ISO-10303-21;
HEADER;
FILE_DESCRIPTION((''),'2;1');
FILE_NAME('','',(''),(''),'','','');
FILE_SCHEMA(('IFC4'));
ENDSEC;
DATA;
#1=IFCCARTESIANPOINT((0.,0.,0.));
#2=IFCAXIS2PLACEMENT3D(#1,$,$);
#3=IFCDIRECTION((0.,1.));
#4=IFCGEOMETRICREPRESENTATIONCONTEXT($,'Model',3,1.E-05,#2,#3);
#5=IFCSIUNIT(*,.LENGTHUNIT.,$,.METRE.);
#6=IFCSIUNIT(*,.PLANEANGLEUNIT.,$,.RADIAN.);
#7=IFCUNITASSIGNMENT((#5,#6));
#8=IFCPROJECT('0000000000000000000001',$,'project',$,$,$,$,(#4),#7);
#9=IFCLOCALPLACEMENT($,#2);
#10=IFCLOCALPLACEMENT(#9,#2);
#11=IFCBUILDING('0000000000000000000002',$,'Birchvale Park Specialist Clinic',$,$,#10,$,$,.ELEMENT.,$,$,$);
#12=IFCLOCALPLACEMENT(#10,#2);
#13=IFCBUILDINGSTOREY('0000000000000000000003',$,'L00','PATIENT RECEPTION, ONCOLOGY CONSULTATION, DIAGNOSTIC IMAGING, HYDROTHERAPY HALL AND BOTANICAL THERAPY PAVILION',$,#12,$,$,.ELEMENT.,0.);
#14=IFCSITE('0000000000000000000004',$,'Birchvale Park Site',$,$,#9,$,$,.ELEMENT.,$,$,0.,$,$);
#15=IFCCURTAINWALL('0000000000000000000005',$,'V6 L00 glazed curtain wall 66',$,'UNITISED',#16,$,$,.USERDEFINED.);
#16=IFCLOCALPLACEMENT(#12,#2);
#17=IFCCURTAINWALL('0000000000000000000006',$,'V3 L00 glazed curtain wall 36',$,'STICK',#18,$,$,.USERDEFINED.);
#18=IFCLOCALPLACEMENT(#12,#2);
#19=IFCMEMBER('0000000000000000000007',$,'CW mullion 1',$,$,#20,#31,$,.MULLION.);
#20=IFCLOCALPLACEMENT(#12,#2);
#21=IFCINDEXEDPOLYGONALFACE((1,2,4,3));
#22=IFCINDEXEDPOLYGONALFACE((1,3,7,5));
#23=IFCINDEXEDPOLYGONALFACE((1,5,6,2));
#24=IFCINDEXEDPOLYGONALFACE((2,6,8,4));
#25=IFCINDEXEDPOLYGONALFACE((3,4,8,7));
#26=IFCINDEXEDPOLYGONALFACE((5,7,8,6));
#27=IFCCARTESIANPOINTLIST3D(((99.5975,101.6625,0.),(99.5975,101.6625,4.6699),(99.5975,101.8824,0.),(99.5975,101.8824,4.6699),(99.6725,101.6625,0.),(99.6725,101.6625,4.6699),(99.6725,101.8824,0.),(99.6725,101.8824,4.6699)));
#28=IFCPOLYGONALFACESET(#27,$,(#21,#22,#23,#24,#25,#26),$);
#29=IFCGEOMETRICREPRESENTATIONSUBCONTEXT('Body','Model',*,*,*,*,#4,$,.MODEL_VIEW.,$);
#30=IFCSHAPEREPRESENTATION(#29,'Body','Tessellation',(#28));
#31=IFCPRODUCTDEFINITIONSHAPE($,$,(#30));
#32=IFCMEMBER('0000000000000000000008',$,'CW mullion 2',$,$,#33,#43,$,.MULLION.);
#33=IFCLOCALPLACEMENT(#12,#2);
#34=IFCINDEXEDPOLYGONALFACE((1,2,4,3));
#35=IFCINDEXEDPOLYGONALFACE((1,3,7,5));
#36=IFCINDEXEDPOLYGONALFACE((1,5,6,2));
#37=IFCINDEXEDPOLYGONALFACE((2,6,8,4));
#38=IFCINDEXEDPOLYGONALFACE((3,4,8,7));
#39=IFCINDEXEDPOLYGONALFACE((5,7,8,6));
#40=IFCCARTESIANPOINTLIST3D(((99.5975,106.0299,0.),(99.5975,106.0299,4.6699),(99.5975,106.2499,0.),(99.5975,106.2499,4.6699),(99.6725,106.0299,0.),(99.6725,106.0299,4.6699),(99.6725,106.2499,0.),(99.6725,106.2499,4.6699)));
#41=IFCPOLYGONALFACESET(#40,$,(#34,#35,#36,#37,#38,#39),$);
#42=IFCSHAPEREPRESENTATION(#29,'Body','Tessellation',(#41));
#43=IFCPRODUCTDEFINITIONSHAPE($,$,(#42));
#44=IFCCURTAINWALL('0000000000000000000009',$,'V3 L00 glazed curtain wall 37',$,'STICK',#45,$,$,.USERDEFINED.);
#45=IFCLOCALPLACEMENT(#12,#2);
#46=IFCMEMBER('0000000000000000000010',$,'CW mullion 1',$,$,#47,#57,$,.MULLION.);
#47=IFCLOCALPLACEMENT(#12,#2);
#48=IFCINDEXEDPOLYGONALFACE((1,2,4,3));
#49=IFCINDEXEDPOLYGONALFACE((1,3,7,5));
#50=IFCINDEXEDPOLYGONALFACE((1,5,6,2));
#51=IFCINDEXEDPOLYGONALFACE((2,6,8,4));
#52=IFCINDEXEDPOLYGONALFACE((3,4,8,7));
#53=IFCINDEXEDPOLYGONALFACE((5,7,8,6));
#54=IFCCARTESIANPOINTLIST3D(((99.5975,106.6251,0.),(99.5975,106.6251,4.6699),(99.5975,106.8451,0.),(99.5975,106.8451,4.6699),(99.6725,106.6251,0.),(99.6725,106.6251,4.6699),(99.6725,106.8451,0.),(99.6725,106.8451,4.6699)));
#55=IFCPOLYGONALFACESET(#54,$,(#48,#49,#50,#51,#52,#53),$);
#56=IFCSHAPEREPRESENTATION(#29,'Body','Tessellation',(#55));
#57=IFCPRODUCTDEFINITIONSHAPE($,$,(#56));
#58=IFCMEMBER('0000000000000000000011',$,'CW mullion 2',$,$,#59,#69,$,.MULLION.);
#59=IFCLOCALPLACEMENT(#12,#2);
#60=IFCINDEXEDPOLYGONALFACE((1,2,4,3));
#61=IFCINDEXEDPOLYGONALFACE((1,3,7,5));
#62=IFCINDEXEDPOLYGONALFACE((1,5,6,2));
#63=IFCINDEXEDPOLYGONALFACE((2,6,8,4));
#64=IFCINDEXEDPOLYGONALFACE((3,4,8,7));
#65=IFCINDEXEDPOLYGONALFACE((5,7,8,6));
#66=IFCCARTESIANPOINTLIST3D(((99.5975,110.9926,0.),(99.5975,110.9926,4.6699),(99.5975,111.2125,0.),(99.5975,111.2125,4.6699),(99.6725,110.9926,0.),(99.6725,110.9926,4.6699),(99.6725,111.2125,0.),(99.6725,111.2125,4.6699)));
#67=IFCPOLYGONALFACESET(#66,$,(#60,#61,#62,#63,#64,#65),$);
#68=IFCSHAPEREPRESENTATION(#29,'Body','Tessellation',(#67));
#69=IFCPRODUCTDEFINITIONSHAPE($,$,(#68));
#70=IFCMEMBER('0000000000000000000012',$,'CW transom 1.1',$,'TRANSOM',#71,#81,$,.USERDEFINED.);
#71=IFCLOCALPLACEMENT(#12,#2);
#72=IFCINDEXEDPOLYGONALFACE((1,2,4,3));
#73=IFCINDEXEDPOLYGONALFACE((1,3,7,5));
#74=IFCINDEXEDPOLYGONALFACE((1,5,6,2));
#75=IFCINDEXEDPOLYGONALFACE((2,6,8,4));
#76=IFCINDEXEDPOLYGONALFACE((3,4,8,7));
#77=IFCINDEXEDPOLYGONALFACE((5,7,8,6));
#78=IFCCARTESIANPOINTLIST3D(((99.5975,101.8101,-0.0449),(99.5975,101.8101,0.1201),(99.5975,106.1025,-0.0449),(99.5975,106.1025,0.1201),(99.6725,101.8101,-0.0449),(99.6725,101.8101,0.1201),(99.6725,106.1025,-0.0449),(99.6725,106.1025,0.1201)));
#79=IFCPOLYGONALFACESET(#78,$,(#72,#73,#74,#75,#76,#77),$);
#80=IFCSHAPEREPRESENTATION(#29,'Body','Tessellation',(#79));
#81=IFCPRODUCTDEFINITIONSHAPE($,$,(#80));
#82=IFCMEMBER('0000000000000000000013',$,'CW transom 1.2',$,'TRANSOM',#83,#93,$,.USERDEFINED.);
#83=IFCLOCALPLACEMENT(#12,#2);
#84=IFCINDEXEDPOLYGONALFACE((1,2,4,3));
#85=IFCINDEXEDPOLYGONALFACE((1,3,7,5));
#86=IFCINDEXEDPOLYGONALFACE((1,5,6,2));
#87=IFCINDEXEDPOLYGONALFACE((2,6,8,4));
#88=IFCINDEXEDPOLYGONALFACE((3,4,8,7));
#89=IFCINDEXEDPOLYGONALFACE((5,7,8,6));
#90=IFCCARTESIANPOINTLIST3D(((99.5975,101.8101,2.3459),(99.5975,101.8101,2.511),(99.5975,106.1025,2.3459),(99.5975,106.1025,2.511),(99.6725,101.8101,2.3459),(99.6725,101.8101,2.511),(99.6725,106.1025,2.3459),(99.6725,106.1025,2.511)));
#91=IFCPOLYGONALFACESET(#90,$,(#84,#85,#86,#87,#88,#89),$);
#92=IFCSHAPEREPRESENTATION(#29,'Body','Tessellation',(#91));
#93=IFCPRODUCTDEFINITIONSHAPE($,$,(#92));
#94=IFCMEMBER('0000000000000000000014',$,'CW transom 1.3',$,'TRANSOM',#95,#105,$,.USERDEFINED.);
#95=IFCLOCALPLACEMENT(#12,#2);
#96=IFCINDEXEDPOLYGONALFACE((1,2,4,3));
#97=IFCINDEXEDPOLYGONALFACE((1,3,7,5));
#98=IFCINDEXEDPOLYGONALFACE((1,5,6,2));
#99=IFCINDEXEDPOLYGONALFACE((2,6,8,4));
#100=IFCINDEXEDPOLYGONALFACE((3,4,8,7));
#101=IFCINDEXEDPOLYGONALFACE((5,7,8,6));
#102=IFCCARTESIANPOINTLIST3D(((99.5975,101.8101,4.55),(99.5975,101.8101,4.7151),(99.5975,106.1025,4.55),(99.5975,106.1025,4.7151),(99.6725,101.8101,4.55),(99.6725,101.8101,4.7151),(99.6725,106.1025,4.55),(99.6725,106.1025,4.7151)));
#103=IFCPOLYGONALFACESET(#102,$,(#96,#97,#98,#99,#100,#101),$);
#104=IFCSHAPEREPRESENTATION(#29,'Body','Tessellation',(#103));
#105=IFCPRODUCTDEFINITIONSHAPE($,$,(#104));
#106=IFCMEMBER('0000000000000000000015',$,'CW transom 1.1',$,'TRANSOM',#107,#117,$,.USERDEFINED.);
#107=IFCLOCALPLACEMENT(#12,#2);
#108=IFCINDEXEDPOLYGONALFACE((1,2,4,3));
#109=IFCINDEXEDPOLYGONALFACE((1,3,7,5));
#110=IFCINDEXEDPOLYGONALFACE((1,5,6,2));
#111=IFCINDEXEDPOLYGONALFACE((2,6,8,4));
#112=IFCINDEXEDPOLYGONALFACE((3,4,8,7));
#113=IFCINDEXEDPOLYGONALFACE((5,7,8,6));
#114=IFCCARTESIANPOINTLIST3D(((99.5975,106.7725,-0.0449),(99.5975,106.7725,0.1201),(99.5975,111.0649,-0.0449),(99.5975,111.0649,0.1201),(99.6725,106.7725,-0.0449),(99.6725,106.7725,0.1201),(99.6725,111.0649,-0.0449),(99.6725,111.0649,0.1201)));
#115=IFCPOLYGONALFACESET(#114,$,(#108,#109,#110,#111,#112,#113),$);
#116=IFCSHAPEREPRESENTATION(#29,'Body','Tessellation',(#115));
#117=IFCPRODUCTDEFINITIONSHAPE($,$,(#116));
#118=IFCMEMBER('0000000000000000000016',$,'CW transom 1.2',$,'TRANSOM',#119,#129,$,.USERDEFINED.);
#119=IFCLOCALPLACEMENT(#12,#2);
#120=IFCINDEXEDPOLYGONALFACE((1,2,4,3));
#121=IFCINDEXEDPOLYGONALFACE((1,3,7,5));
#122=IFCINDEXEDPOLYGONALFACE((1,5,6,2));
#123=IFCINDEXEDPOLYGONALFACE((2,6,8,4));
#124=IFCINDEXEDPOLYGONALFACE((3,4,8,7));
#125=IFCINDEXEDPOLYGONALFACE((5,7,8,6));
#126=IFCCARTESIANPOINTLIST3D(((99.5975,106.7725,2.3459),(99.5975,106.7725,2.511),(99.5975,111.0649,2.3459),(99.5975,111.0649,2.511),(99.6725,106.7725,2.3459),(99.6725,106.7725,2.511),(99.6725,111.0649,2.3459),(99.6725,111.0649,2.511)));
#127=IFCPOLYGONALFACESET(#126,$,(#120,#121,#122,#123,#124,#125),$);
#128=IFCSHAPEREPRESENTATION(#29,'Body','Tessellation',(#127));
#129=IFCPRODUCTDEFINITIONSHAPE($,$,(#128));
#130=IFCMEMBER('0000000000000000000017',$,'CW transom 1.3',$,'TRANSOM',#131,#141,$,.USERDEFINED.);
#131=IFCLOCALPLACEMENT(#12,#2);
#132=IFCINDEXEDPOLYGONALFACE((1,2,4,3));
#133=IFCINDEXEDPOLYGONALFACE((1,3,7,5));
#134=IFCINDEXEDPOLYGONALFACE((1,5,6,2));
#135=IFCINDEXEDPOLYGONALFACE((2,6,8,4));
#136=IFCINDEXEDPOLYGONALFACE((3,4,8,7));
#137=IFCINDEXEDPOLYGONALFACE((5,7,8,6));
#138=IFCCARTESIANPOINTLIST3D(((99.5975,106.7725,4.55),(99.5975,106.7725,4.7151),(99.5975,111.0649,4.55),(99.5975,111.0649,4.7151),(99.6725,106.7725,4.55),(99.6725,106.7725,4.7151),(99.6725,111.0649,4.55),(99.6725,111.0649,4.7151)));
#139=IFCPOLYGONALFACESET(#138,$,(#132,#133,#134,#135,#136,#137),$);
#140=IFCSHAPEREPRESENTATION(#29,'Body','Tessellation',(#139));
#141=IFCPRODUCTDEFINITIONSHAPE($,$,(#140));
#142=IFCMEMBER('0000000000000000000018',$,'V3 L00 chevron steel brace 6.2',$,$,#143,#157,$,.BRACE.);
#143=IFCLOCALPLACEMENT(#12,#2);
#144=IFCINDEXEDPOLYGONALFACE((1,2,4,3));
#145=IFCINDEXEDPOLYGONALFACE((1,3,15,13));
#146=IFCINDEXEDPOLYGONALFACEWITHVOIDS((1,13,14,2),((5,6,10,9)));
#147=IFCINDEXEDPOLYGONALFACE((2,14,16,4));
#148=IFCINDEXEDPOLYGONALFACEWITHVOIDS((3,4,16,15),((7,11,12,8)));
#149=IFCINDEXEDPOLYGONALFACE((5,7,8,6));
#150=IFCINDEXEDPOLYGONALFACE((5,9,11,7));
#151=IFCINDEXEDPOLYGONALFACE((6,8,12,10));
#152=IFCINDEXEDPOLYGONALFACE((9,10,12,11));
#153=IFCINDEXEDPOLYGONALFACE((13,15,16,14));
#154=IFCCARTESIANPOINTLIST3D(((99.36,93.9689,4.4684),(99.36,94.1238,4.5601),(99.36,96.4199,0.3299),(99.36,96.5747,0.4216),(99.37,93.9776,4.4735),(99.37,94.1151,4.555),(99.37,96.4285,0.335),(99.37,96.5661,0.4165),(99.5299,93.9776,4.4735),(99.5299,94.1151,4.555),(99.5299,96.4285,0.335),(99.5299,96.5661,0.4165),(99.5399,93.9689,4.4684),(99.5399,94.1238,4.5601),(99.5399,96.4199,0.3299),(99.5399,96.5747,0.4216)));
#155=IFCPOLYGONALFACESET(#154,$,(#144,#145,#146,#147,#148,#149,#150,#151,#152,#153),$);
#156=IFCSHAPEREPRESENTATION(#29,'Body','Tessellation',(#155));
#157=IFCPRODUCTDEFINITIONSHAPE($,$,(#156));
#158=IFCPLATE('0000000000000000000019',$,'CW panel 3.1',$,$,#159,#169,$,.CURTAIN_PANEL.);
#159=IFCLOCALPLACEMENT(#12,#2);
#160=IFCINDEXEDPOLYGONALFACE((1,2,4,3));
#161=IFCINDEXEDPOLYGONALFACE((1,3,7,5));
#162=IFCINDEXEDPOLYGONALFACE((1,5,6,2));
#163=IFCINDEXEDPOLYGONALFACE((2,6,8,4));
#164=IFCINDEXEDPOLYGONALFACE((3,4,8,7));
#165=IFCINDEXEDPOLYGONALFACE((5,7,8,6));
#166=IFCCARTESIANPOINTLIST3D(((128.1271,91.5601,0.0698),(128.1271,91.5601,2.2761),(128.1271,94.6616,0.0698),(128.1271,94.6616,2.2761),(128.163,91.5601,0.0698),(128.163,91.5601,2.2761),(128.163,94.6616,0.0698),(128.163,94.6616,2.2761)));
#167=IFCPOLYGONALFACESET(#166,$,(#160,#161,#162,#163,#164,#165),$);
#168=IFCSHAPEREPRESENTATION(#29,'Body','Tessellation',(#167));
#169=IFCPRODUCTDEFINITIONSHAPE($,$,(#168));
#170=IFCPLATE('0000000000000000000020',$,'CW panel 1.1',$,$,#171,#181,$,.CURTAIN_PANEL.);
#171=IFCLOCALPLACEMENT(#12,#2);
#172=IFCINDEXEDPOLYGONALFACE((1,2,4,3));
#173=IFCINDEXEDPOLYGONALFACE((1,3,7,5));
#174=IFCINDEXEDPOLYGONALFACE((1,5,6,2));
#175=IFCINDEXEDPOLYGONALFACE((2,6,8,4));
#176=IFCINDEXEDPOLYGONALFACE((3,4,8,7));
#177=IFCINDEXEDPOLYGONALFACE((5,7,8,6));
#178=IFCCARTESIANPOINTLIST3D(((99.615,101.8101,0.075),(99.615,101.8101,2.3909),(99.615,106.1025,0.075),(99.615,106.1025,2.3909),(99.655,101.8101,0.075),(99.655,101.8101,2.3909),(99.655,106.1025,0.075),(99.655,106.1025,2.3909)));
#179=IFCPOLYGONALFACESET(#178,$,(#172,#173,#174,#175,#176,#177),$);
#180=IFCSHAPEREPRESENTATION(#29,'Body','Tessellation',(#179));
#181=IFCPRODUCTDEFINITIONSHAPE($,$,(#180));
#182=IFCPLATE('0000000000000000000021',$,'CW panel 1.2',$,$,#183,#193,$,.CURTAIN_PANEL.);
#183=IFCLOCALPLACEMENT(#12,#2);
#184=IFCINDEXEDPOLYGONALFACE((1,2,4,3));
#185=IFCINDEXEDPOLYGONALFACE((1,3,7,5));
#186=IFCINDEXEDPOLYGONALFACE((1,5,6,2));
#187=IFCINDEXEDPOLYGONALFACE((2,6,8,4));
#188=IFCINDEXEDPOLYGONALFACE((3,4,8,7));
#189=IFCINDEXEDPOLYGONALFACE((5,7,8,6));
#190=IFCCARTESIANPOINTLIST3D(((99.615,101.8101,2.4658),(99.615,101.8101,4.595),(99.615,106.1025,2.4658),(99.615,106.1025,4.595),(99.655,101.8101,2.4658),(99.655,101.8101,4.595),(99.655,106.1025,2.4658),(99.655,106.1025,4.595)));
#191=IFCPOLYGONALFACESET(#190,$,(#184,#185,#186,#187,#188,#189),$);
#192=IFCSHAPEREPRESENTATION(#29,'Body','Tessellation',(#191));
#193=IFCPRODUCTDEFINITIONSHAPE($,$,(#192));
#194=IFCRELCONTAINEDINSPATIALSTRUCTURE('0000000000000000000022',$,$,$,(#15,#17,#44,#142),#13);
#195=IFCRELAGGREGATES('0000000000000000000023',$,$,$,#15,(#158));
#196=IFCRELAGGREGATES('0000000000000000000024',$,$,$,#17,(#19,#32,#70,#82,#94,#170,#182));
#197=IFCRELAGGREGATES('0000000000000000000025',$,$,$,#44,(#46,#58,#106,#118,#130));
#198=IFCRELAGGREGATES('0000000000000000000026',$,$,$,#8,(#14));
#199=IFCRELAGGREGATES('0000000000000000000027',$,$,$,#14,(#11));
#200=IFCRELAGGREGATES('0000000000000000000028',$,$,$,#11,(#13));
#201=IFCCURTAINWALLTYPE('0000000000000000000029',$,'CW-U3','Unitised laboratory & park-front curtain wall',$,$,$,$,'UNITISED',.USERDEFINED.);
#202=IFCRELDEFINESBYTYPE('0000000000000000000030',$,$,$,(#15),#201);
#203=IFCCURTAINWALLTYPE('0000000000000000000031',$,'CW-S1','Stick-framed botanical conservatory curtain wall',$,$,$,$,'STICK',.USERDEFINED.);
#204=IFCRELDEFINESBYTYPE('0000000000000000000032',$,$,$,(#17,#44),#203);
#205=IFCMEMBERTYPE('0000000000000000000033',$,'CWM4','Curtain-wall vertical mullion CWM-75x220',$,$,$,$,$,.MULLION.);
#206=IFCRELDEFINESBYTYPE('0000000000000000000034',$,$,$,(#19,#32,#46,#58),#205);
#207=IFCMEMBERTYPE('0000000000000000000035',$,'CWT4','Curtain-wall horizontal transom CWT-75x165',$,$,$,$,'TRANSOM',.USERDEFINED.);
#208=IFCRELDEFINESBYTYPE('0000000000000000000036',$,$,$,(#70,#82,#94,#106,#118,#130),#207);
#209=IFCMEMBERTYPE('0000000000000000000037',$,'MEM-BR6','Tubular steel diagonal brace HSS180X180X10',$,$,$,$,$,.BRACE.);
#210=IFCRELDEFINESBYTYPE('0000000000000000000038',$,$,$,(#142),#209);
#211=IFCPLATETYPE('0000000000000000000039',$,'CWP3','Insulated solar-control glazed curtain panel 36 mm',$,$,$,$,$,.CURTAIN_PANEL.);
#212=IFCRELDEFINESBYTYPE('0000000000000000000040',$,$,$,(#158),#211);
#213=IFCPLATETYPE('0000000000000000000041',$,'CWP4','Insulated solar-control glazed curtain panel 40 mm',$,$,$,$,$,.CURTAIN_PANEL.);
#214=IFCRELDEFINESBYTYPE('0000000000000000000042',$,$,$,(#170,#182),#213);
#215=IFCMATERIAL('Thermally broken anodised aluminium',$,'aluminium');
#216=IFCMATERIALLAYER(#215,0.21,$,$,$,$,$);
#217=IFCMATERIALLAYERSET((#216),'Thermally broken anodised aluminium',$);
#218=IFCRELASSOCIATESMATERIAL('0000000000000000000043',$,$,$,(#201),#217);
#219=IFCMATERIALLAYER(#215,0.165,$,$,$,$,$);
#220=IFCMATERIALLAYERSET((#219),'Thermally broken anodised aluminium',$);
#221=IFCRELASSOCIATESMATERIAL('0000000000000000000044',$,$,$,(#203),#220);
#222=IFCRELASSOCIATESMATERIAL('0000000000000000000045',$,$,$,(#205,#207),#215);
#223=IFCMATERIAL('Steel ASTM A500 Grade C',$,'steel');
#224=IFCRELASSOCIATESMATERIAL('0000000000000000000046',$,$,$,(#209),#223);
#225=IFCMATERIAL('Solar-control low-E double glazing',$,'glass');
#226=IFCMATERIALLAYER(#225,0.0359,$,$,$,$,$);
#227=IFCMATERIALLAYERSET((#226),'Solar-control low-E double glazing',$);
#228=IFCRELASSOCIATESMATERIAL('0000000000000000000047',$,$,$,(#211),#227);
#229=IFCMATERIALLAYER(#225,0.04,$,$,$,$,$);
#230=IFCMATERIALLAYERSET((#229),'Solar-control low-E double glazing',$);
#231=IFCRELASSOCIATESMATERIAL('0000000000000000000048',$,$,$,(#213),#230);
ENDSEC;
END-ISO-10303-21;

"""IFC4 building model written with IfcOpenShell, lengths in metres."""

from ifc_helpers import new_model, si_unit, direction, frame, origin, origin_2d, place, context, subcontext, project, spatial, rectangle, hollow_rectangle, extrude, material, layer, layer_set, material_profile, profile_set, type_object, element, aggregate, save


model = new_model("IFC4")

# Units and contexts
model_context = context("Model", 3, precision=1e-05, world=origin(), true_north=direction((0.0, 1.0)))
body_context = subcontext(model_context, "Body", "Model", "MODEL_VIEW")
ifc_project = project(units=[si_unit("LENGTHUNIT", "METRE"), si_unit("PLANEANGLEUNIT", "RADIAN")], contexts=[model_context])

# Site, building, storey
site_placement = place(None, origin())
site = spatial("IfcSite", under=ifc_project, at=site_placement, Name="Birchvale Park Site", CompositionType="ELEMENT", RefElevation=0.0)
building_placement = place(site_placement, origin())
building = spatial("IfcBuilding", under=site, at=building_placement, Name="Birchvale Park Specialist Clinic", CompositionType="ELEMENT")
storey_placement = place(building_placement, origin())
storey = spatial("IfcBuildingStorey", under=building, at=storey_placement, Name="L00", Description="PATIENT RECEPTION, ONCOLOGY CONSULTATION, DIAGNOSTIC IMAGING, HYDROTHERAPY HALL AND BOTANICAL THERAPY PAVILION", CompositionType="ELEMENT", Elevation=0.0)

# Curtain wall
ifc_material_1 = material(Name="Thermally broken anodised aluminium", Category="aluminium")
ifc_layer_1 = layer(ifc_material_1, 0.21)
ifc_layer_set_1 = layer_set([ifc_layer_1], Name="Thermally broken anodised aluminium")
curtain_wall_type_1 = type_object("IfcCurtainWallType", Name="CW-U3", Description="Unitised laboratory & park-front curtain wall", ElementType="UNITISED", PredefinedType="USERDEFINED", material=ifc_layer_set_1)
curtain_wall_1_placement = place(storey_placement, origin())
curtain_wall_1 = element("IfcCurtainWall", 1, at=curtain_wall_1_placement, inside=storey, type_object=curtain_wall_type_1, Name="V6 L00 glazed curtain wall 66", ObjectType="UNITISED", PredefinedType="USERDEFINED")

# Curtain walls, members
ifc_layer_2 = layer(ifc_material_1, 0.165)
ifc_layer_set_2 = layer_set([ifc_layer_2], Name="Thermally broken anodised aluminium")
curtain_wall_type_2 = type_object("IfcCurtainWallType", Name="CW-S1", Description="Stick-framed botanical conservatory curtain wall", ElementType="STICK", PredefinedType="USERDEFINED", material=ifc_layer_set_2)
curtain_wall_2_placement = place(storey_placement, origin())
curtain_wall_2 = element("IfcCurtainWall", 2, at=curtain_wall_2_placement, inside=storey, type_object=curtain_wall_type_2, Name="V3 L00 glazed curtain wall 36", ObjectType="STICK", PredefinedType="USERDEFINED")
ifc_material_profile_1 = material_profile(ifc_material_1, rectangle(XDim=0.075, YDim=0.22, at=origin_2d()), Name="CWM-75x220")
ifc_profile_set_1 = profile_set([ifc_material_profile_1], Name="Thermally broken anodised aluminium")
member_type_1 = type_object("IfcMemberType", Name="CWM4", Description="Curtain-wall vertical mullion CWM-75x220", PredefinedType="MULLION", material=ifc_profile_set_1)
member_1_placement = place(storey_placement, frame((99.635, 101.7725, 0.0), z_axis=(0.0, 0.0, 1.0), x_axis=(-1.0, 0.0, 0.0)))
member_1 = element("IfcMember", 3, at=member_1_placement, type_object=member_type_1, Name="CW mullion 1", PredefinedType="MULLION", context=body_context, shape_type="SweptSolid", body=[
    extrude(rectangle(XDim=0.075, YDim=0.22, at=origin_2d()), origin(), (0.0, 0.0, 1.0), 4.6699),
])
member_2_placement = place(storey_placement, frame((99.635, 106.1399, 0.0), z_axis=(0.0, 0.0, 1.0), x_axis=(-1.0, 0.0, 0.0)))
member_2 = element("IfcMember", 4, at=member_2_placement, type_object=member_type_1, Name="CW mullion 2", PredefinedType="MULLION", context=body_context, shape_type="SweptSolid", body=[
    extrude(rectangle(XDim=0.075, YDim=0.22, at=origin_2d()), origin(), (0.0, 0.0, 1.0), 4.6699),
])
curtain_wall_3_placement = place(storey_placement, origin())
curtain_wall_3 = element("IfcCurtainWall", 5, at=curtain_wall_3_placement, inside=storey, type_object=curtain_wall_type_2, Name="V3 L00 glazed curtain wall 37", ObjectType="STICK", PredefinedType="USERDEFINED")
member_3_placement = place(storey_placement, frame((99.635, 106.7351, 0.0), z_axis=(0.0, 0.0, 1.0), x_axis=(-1.0, 0.0, 0.0)))
member_3 = element("IfcMember", 6, at=member_3_placement, type_object=member_type_1, Name="CW mullion 1", PredefinedType="MULLION", context=body_context, shape_type="SweptSolid", body=[
    extrude(rectangle(XDim=0.075, YDim=0.22, at=origin_2d()), origin(), (0.0, 0.0, 1.0), 4.6699),
])
member_4_placement = place(storey_placement, frame((99.635, 111.1025, 0.0), z_axis=(0.0, 0.0, 1.0), x_axis=(-1.0, 0.0, 0.0)))
member_4 = element("IfcMember", 7, at=member_4_placement, type_object=member_type_1, Name="CW mullion 2", PredefinedType="MULLION", context=body_context, shape_type="SweptSolid", body=[
    extrude(rectangle(XDim=0.075, YDim=0.22, at=origin_2d()), origin(), (0.0, 0.0, 1.0), 4.6699),
])

# Members
ifc_material_profile_2 = material_profile(ifc_material_1, rectangle(XDim=0.075, YDim=0.165, at=origin_2d()), Name="CWT-75x165")
ifc_profile_set_2 = profile_set([ifc_material_profile_2], Name="Thermally broken anodised aluminium")
member_type_2 = type_object("IfcMemberType", Name="CWT4", Description="Curtain-wall horizontal transom CWT-75x165", ElementType="TRANSOM", PredefinedType="USERDEFINED", material=ifc_profile_set_2)
member_5_placement = place(storey_placement, frame((99.635, 101.8101, 0.0376), z_axis=(0.0, 1.0, 0.0), x_axis=(-1.0, 0.0, 0.0)))
member_5 = element("IfcMember", 8, at=member_5_placement, type_object=member_type_2, Name="CW transom 1.1", ObjectType="TRANSOM", PredefinedType="USERDEFINED", context=body_context, shape_type="SweptSolid", body=[
    extrude(rectangle(XDim=0.075, YDim=0.165, at=origin_2d()), origin(), (0.0, 0.0, 1.0), 4.2925),
])
member_6_placement = place(storey_placement, frame((99.635, 101.8101, 2.4285), z_axis=(0.0, 1.0, 0.0), x_axis=(-1.0, 0.0, 0.0)))
member_6 = element("IfcMember", 9, at=member_6_placement, type_object=member_type_2, Name="CW transom 1.2", ObjectType="TRANSOM", PredefinedType="USERDEFINED", context=body_context, shape_type="SweptSolid", body=[
    extrude(rectangle(XDim=0.075, YDim=0.165, at=origin_2d()), origin(), (0.0, 0.0, 1.0), 4.2925),
])
member_7_placement = place(storey_placement, frame((99.635, 101.8101, 4.6326), z_axis=(0.0, 1.0, 0.0), x_axis=(-1.0, 0.0, 0.0)))
member_7 = element("IfcMember", 10, at=member_7_placement, type_object=member_type_2, Name="CW transom 1.3", ObjectType="TRANSOM", PredefinedType="USERDEFINED", context=body_context, shape_type="SweptSolid", body=[
    extrude(rectangle(XDim=0.075, YDim=0.165, at=origin_2d()), origin(), (0.0, 0.0, 1.0), 4.2925),
])
member_8_placement = place(storey_placement, frame((99.635, 106.7725, 0.0376), z_axis=(0.0, 1.0, 0.0), x_axis=(-1.0, 0.0, 0.0)))
member_8 = element("IfcMember", 11, at=member_8_placement, type_object=member_type_2, Name="CW transom 1.1", ObjectType="TRANSOM", PredefinedType="USERDEFINED", context=body_context, shape_type="SweptSolid", body=[
    extrude(rectangle(XDim=0.075, YDim=0.165, at=origin_2d()), origin(), (0.0, 0.0, 1.0), 4.2925),
])
member_9_placement = place(storey_placement, frame((99.635, 106.7725, 2.4285), z_axis=(0.0, 1.0, 0.0), x_axis=(-1.0, 0.0, 0.0)))
member_9 = element("IfcMember", 12, at=member_9_placement, type_object=member_type_2, Name="CW transom 1.2", ObjectType="TRANSOM", PredefinedType="USERDEFINED", context=body_context, shape_type="SweptSolid", body=[
    extrude(rectangle(XDim=0.075, YDim=0.165, at=origin_2d()), origin(), (0.0, 0.0, 1.0), 4.2925),
])
member_10_placement = place(storey_placement, frame((99.635, 106.7725, 4.6326), z_axis=(0.0, 1.0, 0.0), x_axis=(-1.0, 0.0, 0.0)))
member_10 = element("IfcMember", 13, at=member_10_placement, type_object=member_type_2, Name="CW transom 1.3", ObjectType="TRANSOM", PredefinedType="USERDEFINED", context=body_context, shape_type="SweptSolid", body=[
    extrude(rectangle(XDim=0.075, YDim=0.165, at=origin_2d()), origin(), (0.0, 0.0, 1.0), 4.2925),
])
ifc_material_2 = material(Name="Steel ASTM A500 Grade C", Category="steel")
ifc_material_profile_3 = material_profile(ifc_material_2, hollow_rectangle(XDim=0.1799, YDim=0.1799, WallThickness=0.01, at=origin_2d()), Name="HSS180X180X10")
ifc_profile_set_3 = profile_set([ifc_material_profile_3], Name="Steel ASTM A500 Grade C")
member_type_3 = type_object("IfcMemberType", Name="MEM-BR6", Description="Tubular steel diagonal brace HSS180X180X10", PredefinedType="BRACE", material=ifc_profile_set_3)
member_11_placement = place(storey_placement, frame((99.45, 96.4973, 0.3757), z_axis=(0.0, -0.509576, 0.860426), x_axis=(1.0, 0.0, 0.0)))
element("IfcMember", 14, at=member_11_placement, inside=storey, type_object=member_type_3, Name="V3 L00 chevron steel brace 6.2", PredefinedType="BRACE", context=body_context, shape_type="SweptSolid", body=[
    extrude(hollow_rectangle(XDim=0.1799, YDim=0.1799, WallThickness=0.01, at=origin_2d()), origin(), (0.0, 0.0, 1.0), 4.8098),
])

# Plates
ifc_material_3 = material(Name="Solar-control low-E double glazing", Category="glass")
ifc_layer_3 = layer(ifc_material_3, 0.0359)
ifc_layer_set_3 = layer_set([ifc_layer_3], Name="Solar-control low-E double glazing")
plate_type_1 = type_object("IfcPlateType", Name="CWP3", Description="Insulated solar-control glazed curtain panel 36 mm", PredefinedType="CURTAIN_PANEL", material=ifc_layer_set_3)
plate_1_placement = place(storey_placement, frame((128.145, 93.1108, 0.0698), z_axis=(0.0, 0.0, 1.0), x_axis=(0.0, -1.0, 0.0)))
plate_1 = element("IfcPlate", 15, at=plate_1_placement, type_object=plate_type_1, Name="CW panel 3.1", PredefinedType="CURTAIN_PANEL", context=body_context, shape_type="SweptSolid", body=[
    extrude(rectangle(XDim=3.1016, YDim=0.0359, at=origin_2d()), origin(), (0.0, 0.0, 1.0), 2.2063),
])
aggregate(curtain_wall_1, [plate_1])
ifc_layer_4 = layer(ifc_material_3, 0.04)
ifc_layer_set_4 = layer_set([ifc_layer_4], Name="Solar-control low-E double glazing")
plate_type_2 = type_object("IfcPlateType", Name="CWP4", Description="Insulated solar-control glazed curtain panel 40 mm", PredefinedType="CURTAIN_PANEL", material=ifc_layer_set_4)
plate_2_placement = place(storey_placement, frame((99.635, 103.9563, 0.075), z_axis=(0.0, 0.0, 1.0), x_axis=(0.0, 1.0, 0.0)))
plate_2 = element("IfcPlate", 16, at=plate_2_placement, type_object=plate_type_2, Name="CW panel 1.1", PredefinedType="CURTAIN_PANEL", context=body_context, shape_type="SweptSolid", body=[
    extrude(rectangle(XDim=4.2925, YDim=0.04, at=origin_2d()), origin(), (0.0, 0.0, 1.0), 2.3159),
])
plate_3_placement = place(storey_placement, frame((99.635, 103.9563, 2.4658), z_axis=(0.0, 0.0, 1.0), x_axis=(0.0, 1.0, 0.0)))
plate_3 = element("IfcPlate", 17, at=plate_3_placement, type_object=plate_type_2, Name="CW panel 1.2", PredefinedType="CURTAIN_PANEL", context=body_context, shape_type="SweptSolid", body=[
    extrude(rectangle(XDim=4.2925, YDim=0.04, at=origin_2d()), origin(), (0.0, 0.0, 1.0), 2.1292),
])
aggregate(curtain_wall_2, [member_1, member_2, member_5, member_6, member_7, plate_2, plate_3])
aggregate(curtain_wall_3, [member_3, member_4, member_8, member_9, member_10])

save(model, "model.ifc")
